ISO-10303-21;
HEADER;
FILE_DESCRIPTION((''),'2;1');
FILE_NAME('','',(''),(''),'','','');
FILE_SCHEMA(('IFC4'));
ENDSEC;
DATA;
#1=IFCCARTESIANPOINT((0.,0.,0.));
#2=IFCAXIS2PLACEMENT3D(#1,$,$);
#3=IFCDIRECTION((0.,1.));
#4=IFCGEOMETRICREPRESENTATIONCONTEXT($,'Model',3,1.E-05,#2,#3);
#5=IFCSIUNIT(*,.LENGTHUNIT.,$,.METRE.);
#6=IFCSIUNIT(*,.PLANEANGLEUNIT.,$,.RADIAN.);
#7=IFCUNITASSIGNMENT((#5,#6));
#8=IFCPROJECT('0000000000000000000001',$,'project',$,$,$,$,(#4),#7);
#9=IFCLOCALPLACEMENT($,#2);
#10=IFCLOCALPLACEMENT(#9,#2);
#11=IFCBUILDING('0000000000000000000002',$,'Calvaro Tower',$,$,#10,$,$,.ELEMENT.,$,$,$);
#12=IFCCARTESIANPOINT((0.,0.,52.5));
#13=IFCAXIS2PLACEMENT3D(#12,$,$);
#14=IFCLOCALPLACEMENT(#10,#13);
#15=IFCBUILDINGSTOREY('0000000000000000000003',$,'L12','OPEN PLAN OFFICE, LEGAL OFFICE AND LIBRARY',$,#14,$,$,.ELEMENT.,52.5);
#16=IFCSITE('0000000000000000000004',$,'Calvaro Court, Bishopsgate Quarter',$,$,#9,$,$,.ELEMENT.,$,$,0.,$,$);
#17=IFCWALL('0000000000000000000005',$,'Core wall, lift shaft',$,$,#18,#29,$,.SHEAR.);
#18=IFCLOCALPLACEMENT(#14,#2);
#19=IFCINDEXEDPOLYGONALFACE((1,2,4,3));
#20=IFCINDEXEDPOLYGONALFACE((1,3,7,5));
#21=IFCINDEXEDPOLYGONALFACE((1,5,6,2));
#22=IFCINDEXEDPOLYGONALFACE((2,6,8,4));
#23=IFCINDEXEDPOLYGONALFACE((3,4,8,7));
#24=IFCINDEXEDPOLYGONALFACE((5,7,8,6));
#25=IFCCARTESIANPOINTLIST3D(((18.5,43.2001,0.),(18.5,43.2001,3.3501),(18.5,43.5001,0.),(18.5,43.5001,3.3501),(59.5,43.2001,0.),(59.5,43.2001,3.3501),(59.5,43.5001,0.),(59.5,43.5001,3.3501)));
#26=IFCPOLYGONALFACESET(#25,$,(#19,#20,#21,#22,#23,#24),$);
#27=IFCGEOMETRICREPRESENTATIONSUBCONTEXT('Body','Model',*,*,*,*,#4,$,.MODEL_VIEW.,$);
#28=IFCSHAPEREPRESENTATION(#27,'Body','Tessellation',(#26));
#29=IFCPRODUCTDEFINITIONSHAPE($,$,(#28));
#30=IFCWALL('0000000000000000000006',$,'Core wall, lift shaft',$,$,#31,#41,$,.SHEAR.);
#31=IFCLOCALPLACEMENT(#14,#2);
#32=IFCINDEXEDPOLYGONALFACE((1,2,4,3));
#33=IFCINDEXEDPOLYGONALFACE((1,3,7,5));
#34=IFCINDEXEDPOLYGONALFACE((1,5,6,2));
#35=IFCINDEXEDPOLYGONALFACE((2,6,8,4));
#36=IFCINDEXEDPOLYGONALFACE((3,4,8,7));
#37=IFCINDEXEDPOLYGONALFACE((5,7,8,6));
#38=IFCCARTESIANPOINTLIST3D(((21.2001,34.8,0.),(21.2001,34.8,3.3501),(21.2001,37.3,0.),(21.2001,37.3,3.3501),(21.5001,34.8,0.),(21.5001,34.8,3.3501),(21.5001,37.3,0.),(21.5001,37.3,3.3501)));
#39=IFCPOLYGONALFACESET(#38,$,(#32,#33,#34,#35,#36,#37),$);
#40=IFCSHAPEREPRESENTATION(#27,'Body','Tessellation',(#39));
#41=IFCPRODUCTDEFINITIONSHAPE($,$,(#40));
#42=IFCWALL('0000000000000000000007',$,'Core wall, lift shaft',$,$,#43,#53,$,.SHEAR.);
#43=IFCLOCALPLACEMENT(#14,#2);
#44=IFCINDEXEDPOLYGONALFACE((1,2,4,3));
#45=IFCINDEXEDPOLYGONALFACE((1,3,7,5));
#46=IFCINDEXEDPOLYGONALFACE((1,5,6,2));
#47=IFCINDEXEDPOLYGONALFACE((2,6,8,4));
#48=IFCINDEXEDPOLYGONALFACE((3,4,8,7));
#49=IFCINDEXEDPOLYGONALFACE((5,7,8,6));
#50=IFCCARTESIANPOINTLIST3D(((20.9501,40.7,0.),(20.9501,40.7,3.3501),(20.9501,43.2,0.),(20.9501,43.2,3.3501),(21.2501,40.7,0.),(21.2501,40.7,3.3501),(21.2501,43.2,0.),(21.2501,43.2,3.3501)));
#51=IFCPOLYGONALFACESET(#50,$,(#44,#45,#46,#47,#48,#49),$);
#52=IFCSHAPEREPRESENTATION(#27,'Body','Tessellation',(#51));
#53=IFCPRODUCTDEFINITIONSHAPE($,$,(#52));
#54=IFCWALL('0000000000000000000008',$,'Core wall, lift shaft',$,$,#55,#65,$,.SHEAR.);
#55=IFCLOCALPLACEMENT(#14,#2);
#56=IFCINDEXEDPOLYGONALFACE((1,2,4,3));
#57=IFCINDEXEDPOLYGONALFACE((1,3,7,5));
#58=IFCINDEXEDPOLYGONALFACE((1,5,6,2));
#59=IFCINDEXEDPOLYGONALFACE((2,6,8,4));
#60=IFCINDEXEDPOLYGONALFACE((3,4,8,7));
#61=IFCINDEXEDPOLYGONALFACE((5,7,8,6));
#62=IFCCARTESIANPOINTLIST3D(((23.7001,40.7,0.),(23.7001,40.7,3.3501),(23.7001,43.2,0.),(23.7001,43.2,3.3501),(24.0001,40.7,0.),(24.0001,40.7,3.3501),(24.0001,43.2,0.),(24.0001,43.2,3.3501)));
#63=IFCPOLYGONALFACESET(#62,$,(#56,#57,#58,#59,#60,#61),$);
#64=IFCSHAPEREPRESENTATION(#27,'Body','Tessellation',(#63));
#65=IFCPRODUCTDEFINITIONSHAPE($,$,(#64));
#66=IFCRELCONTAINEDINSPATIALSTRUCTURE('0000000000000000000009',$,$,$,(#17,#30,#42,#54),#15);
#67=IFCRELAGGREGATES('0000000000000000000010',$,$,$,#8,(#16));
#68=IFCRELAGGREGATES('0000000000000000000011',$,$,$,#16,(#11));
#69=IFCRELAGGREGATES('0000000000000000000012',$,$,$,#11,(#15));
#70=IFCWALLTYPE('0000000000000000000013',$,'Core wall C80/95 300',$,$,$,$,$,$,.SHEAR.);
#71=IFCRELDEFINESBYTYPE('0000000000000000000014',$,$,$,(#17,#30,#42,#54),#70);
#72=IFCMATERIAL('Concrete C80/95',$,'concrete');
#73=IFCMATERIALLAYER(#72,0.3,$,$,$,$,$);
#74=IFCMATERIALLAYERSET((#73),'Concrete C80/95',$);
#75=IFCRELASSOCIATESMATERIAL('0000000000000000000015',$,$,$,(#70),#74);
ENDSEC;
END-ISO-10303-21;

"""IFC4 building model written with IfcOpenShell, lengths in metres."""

from ifc_helpers import new_model, si_unit, direction, frame, frame_2d, origin, place, context, subcontext, project, spatial, rectangle, extrude, material, layer, layer_set, type_object, element, save


model = new_model("IFC4")

# Units and contexts
model_context = context("Model", 3, precision=1e-05, world=origin(), true_north=direction((0.0, 1.0)))
body_context = subcontext(model_context, "Body", "Model", "MODEL_VIEW")
ifc_project = project(units=[si_unit("LENGTHUNIT", "METRE"), si_unit("PLANEANGLEUNIT", "RADIAN")], contexts=[model_context])

# Site, building, storey
site_placement = place(None, origin())
site = spatial("IfcSite", under=ifc_project, at=site_placement, Name="Calvaro Court, Bishopsgate Quarter", CompositionType="ELEMENT", RefElevation=0.0)
building_placement = place(site_placement, origin())
building = spatial("IfcBuilding", under=site, at=building_placement, Name="Calvaro Tower", CompositionType="ELEMENT")
storey_placement = place(building_placement, frame((0.0, 0.0, 52.5)))
storey = spatial("IfcBuildingStorey", under=building, at=storey_placement, Name="L12", Description="OPEN PLAN OFFICE, LEGAL OFFICE AND LIBRARY", CompositionType="ELEMENT", Elevation=52.5)

# Shared definitions
ifc_material_1 = material(Name="Concrete C80/95", Category="concrete")
ifc_layer_1 = layer(ifc_material_1, 0.3)
ifc_layer_set_1 = layer_set([ifc_layer_1], Name="Concrete C80/95")
wall_type_1 = type_object("IfcWallType", Name="Core wall C80/95 300", PredefinedType="SHEAR", material=ifc_layer_set_1)

# Walls
wall_1_placement = place(storey_placement, frame((18.5, 43.3501, 0.0), z_axis=(0.0, 0.0, 1.0), x_axis=(1.0, 0.0, 0.0)))
element("IfcWall", 1, at=wall_1_placement, inside=storey, type_object=wall_type_1, Name="Core wall, lift shaft", PredefinedType="SHEAR", context=body_context, shape_type="SweptSolid", body=[
    extrude(rectangle(XDim=41.0, YDim=0.3, at=frame_2d((20.5, 0.0))), origin(), (0.0, 0.0, 1.0), 3.3501),
])
for number, where, z_axis, x_axis, name in (
    (2, (21.3501, 34.8, 0.0), (0.0, 0.0, 1.0), (0.0, 1.0, 0.0), "Core wall, lift shaft"),
    (3, (21.1001, 40.7, 0.0), (0.0, 0.0, 1.0), (0.0, 1.0, 0.0), "Core wall, lift shaft"),
    (4, (23.8501, 40.7, 0.0), (0.0, 0.0, 1.0), (0.0, 1.0, 0.0), "Core wall, lift shaft"),
):
    element("IfcWall", number, at=place(storey_placement, frame(where, z_axis=z_axis, x_axis=x_axis)), inside=storey, type_object=wall_type_1, Name=name, PredefinedType="SHEAR", context=body_context, shape_type="SweptSolid", body=[
        extrude(rectangle(XDim=2.5, YDim=0.3, at=frame_2d((1.25, 0.0))), origin(), (0.0, 0.0, 1.0), 3.3501),
    ])

save(model, "model.ifc")
